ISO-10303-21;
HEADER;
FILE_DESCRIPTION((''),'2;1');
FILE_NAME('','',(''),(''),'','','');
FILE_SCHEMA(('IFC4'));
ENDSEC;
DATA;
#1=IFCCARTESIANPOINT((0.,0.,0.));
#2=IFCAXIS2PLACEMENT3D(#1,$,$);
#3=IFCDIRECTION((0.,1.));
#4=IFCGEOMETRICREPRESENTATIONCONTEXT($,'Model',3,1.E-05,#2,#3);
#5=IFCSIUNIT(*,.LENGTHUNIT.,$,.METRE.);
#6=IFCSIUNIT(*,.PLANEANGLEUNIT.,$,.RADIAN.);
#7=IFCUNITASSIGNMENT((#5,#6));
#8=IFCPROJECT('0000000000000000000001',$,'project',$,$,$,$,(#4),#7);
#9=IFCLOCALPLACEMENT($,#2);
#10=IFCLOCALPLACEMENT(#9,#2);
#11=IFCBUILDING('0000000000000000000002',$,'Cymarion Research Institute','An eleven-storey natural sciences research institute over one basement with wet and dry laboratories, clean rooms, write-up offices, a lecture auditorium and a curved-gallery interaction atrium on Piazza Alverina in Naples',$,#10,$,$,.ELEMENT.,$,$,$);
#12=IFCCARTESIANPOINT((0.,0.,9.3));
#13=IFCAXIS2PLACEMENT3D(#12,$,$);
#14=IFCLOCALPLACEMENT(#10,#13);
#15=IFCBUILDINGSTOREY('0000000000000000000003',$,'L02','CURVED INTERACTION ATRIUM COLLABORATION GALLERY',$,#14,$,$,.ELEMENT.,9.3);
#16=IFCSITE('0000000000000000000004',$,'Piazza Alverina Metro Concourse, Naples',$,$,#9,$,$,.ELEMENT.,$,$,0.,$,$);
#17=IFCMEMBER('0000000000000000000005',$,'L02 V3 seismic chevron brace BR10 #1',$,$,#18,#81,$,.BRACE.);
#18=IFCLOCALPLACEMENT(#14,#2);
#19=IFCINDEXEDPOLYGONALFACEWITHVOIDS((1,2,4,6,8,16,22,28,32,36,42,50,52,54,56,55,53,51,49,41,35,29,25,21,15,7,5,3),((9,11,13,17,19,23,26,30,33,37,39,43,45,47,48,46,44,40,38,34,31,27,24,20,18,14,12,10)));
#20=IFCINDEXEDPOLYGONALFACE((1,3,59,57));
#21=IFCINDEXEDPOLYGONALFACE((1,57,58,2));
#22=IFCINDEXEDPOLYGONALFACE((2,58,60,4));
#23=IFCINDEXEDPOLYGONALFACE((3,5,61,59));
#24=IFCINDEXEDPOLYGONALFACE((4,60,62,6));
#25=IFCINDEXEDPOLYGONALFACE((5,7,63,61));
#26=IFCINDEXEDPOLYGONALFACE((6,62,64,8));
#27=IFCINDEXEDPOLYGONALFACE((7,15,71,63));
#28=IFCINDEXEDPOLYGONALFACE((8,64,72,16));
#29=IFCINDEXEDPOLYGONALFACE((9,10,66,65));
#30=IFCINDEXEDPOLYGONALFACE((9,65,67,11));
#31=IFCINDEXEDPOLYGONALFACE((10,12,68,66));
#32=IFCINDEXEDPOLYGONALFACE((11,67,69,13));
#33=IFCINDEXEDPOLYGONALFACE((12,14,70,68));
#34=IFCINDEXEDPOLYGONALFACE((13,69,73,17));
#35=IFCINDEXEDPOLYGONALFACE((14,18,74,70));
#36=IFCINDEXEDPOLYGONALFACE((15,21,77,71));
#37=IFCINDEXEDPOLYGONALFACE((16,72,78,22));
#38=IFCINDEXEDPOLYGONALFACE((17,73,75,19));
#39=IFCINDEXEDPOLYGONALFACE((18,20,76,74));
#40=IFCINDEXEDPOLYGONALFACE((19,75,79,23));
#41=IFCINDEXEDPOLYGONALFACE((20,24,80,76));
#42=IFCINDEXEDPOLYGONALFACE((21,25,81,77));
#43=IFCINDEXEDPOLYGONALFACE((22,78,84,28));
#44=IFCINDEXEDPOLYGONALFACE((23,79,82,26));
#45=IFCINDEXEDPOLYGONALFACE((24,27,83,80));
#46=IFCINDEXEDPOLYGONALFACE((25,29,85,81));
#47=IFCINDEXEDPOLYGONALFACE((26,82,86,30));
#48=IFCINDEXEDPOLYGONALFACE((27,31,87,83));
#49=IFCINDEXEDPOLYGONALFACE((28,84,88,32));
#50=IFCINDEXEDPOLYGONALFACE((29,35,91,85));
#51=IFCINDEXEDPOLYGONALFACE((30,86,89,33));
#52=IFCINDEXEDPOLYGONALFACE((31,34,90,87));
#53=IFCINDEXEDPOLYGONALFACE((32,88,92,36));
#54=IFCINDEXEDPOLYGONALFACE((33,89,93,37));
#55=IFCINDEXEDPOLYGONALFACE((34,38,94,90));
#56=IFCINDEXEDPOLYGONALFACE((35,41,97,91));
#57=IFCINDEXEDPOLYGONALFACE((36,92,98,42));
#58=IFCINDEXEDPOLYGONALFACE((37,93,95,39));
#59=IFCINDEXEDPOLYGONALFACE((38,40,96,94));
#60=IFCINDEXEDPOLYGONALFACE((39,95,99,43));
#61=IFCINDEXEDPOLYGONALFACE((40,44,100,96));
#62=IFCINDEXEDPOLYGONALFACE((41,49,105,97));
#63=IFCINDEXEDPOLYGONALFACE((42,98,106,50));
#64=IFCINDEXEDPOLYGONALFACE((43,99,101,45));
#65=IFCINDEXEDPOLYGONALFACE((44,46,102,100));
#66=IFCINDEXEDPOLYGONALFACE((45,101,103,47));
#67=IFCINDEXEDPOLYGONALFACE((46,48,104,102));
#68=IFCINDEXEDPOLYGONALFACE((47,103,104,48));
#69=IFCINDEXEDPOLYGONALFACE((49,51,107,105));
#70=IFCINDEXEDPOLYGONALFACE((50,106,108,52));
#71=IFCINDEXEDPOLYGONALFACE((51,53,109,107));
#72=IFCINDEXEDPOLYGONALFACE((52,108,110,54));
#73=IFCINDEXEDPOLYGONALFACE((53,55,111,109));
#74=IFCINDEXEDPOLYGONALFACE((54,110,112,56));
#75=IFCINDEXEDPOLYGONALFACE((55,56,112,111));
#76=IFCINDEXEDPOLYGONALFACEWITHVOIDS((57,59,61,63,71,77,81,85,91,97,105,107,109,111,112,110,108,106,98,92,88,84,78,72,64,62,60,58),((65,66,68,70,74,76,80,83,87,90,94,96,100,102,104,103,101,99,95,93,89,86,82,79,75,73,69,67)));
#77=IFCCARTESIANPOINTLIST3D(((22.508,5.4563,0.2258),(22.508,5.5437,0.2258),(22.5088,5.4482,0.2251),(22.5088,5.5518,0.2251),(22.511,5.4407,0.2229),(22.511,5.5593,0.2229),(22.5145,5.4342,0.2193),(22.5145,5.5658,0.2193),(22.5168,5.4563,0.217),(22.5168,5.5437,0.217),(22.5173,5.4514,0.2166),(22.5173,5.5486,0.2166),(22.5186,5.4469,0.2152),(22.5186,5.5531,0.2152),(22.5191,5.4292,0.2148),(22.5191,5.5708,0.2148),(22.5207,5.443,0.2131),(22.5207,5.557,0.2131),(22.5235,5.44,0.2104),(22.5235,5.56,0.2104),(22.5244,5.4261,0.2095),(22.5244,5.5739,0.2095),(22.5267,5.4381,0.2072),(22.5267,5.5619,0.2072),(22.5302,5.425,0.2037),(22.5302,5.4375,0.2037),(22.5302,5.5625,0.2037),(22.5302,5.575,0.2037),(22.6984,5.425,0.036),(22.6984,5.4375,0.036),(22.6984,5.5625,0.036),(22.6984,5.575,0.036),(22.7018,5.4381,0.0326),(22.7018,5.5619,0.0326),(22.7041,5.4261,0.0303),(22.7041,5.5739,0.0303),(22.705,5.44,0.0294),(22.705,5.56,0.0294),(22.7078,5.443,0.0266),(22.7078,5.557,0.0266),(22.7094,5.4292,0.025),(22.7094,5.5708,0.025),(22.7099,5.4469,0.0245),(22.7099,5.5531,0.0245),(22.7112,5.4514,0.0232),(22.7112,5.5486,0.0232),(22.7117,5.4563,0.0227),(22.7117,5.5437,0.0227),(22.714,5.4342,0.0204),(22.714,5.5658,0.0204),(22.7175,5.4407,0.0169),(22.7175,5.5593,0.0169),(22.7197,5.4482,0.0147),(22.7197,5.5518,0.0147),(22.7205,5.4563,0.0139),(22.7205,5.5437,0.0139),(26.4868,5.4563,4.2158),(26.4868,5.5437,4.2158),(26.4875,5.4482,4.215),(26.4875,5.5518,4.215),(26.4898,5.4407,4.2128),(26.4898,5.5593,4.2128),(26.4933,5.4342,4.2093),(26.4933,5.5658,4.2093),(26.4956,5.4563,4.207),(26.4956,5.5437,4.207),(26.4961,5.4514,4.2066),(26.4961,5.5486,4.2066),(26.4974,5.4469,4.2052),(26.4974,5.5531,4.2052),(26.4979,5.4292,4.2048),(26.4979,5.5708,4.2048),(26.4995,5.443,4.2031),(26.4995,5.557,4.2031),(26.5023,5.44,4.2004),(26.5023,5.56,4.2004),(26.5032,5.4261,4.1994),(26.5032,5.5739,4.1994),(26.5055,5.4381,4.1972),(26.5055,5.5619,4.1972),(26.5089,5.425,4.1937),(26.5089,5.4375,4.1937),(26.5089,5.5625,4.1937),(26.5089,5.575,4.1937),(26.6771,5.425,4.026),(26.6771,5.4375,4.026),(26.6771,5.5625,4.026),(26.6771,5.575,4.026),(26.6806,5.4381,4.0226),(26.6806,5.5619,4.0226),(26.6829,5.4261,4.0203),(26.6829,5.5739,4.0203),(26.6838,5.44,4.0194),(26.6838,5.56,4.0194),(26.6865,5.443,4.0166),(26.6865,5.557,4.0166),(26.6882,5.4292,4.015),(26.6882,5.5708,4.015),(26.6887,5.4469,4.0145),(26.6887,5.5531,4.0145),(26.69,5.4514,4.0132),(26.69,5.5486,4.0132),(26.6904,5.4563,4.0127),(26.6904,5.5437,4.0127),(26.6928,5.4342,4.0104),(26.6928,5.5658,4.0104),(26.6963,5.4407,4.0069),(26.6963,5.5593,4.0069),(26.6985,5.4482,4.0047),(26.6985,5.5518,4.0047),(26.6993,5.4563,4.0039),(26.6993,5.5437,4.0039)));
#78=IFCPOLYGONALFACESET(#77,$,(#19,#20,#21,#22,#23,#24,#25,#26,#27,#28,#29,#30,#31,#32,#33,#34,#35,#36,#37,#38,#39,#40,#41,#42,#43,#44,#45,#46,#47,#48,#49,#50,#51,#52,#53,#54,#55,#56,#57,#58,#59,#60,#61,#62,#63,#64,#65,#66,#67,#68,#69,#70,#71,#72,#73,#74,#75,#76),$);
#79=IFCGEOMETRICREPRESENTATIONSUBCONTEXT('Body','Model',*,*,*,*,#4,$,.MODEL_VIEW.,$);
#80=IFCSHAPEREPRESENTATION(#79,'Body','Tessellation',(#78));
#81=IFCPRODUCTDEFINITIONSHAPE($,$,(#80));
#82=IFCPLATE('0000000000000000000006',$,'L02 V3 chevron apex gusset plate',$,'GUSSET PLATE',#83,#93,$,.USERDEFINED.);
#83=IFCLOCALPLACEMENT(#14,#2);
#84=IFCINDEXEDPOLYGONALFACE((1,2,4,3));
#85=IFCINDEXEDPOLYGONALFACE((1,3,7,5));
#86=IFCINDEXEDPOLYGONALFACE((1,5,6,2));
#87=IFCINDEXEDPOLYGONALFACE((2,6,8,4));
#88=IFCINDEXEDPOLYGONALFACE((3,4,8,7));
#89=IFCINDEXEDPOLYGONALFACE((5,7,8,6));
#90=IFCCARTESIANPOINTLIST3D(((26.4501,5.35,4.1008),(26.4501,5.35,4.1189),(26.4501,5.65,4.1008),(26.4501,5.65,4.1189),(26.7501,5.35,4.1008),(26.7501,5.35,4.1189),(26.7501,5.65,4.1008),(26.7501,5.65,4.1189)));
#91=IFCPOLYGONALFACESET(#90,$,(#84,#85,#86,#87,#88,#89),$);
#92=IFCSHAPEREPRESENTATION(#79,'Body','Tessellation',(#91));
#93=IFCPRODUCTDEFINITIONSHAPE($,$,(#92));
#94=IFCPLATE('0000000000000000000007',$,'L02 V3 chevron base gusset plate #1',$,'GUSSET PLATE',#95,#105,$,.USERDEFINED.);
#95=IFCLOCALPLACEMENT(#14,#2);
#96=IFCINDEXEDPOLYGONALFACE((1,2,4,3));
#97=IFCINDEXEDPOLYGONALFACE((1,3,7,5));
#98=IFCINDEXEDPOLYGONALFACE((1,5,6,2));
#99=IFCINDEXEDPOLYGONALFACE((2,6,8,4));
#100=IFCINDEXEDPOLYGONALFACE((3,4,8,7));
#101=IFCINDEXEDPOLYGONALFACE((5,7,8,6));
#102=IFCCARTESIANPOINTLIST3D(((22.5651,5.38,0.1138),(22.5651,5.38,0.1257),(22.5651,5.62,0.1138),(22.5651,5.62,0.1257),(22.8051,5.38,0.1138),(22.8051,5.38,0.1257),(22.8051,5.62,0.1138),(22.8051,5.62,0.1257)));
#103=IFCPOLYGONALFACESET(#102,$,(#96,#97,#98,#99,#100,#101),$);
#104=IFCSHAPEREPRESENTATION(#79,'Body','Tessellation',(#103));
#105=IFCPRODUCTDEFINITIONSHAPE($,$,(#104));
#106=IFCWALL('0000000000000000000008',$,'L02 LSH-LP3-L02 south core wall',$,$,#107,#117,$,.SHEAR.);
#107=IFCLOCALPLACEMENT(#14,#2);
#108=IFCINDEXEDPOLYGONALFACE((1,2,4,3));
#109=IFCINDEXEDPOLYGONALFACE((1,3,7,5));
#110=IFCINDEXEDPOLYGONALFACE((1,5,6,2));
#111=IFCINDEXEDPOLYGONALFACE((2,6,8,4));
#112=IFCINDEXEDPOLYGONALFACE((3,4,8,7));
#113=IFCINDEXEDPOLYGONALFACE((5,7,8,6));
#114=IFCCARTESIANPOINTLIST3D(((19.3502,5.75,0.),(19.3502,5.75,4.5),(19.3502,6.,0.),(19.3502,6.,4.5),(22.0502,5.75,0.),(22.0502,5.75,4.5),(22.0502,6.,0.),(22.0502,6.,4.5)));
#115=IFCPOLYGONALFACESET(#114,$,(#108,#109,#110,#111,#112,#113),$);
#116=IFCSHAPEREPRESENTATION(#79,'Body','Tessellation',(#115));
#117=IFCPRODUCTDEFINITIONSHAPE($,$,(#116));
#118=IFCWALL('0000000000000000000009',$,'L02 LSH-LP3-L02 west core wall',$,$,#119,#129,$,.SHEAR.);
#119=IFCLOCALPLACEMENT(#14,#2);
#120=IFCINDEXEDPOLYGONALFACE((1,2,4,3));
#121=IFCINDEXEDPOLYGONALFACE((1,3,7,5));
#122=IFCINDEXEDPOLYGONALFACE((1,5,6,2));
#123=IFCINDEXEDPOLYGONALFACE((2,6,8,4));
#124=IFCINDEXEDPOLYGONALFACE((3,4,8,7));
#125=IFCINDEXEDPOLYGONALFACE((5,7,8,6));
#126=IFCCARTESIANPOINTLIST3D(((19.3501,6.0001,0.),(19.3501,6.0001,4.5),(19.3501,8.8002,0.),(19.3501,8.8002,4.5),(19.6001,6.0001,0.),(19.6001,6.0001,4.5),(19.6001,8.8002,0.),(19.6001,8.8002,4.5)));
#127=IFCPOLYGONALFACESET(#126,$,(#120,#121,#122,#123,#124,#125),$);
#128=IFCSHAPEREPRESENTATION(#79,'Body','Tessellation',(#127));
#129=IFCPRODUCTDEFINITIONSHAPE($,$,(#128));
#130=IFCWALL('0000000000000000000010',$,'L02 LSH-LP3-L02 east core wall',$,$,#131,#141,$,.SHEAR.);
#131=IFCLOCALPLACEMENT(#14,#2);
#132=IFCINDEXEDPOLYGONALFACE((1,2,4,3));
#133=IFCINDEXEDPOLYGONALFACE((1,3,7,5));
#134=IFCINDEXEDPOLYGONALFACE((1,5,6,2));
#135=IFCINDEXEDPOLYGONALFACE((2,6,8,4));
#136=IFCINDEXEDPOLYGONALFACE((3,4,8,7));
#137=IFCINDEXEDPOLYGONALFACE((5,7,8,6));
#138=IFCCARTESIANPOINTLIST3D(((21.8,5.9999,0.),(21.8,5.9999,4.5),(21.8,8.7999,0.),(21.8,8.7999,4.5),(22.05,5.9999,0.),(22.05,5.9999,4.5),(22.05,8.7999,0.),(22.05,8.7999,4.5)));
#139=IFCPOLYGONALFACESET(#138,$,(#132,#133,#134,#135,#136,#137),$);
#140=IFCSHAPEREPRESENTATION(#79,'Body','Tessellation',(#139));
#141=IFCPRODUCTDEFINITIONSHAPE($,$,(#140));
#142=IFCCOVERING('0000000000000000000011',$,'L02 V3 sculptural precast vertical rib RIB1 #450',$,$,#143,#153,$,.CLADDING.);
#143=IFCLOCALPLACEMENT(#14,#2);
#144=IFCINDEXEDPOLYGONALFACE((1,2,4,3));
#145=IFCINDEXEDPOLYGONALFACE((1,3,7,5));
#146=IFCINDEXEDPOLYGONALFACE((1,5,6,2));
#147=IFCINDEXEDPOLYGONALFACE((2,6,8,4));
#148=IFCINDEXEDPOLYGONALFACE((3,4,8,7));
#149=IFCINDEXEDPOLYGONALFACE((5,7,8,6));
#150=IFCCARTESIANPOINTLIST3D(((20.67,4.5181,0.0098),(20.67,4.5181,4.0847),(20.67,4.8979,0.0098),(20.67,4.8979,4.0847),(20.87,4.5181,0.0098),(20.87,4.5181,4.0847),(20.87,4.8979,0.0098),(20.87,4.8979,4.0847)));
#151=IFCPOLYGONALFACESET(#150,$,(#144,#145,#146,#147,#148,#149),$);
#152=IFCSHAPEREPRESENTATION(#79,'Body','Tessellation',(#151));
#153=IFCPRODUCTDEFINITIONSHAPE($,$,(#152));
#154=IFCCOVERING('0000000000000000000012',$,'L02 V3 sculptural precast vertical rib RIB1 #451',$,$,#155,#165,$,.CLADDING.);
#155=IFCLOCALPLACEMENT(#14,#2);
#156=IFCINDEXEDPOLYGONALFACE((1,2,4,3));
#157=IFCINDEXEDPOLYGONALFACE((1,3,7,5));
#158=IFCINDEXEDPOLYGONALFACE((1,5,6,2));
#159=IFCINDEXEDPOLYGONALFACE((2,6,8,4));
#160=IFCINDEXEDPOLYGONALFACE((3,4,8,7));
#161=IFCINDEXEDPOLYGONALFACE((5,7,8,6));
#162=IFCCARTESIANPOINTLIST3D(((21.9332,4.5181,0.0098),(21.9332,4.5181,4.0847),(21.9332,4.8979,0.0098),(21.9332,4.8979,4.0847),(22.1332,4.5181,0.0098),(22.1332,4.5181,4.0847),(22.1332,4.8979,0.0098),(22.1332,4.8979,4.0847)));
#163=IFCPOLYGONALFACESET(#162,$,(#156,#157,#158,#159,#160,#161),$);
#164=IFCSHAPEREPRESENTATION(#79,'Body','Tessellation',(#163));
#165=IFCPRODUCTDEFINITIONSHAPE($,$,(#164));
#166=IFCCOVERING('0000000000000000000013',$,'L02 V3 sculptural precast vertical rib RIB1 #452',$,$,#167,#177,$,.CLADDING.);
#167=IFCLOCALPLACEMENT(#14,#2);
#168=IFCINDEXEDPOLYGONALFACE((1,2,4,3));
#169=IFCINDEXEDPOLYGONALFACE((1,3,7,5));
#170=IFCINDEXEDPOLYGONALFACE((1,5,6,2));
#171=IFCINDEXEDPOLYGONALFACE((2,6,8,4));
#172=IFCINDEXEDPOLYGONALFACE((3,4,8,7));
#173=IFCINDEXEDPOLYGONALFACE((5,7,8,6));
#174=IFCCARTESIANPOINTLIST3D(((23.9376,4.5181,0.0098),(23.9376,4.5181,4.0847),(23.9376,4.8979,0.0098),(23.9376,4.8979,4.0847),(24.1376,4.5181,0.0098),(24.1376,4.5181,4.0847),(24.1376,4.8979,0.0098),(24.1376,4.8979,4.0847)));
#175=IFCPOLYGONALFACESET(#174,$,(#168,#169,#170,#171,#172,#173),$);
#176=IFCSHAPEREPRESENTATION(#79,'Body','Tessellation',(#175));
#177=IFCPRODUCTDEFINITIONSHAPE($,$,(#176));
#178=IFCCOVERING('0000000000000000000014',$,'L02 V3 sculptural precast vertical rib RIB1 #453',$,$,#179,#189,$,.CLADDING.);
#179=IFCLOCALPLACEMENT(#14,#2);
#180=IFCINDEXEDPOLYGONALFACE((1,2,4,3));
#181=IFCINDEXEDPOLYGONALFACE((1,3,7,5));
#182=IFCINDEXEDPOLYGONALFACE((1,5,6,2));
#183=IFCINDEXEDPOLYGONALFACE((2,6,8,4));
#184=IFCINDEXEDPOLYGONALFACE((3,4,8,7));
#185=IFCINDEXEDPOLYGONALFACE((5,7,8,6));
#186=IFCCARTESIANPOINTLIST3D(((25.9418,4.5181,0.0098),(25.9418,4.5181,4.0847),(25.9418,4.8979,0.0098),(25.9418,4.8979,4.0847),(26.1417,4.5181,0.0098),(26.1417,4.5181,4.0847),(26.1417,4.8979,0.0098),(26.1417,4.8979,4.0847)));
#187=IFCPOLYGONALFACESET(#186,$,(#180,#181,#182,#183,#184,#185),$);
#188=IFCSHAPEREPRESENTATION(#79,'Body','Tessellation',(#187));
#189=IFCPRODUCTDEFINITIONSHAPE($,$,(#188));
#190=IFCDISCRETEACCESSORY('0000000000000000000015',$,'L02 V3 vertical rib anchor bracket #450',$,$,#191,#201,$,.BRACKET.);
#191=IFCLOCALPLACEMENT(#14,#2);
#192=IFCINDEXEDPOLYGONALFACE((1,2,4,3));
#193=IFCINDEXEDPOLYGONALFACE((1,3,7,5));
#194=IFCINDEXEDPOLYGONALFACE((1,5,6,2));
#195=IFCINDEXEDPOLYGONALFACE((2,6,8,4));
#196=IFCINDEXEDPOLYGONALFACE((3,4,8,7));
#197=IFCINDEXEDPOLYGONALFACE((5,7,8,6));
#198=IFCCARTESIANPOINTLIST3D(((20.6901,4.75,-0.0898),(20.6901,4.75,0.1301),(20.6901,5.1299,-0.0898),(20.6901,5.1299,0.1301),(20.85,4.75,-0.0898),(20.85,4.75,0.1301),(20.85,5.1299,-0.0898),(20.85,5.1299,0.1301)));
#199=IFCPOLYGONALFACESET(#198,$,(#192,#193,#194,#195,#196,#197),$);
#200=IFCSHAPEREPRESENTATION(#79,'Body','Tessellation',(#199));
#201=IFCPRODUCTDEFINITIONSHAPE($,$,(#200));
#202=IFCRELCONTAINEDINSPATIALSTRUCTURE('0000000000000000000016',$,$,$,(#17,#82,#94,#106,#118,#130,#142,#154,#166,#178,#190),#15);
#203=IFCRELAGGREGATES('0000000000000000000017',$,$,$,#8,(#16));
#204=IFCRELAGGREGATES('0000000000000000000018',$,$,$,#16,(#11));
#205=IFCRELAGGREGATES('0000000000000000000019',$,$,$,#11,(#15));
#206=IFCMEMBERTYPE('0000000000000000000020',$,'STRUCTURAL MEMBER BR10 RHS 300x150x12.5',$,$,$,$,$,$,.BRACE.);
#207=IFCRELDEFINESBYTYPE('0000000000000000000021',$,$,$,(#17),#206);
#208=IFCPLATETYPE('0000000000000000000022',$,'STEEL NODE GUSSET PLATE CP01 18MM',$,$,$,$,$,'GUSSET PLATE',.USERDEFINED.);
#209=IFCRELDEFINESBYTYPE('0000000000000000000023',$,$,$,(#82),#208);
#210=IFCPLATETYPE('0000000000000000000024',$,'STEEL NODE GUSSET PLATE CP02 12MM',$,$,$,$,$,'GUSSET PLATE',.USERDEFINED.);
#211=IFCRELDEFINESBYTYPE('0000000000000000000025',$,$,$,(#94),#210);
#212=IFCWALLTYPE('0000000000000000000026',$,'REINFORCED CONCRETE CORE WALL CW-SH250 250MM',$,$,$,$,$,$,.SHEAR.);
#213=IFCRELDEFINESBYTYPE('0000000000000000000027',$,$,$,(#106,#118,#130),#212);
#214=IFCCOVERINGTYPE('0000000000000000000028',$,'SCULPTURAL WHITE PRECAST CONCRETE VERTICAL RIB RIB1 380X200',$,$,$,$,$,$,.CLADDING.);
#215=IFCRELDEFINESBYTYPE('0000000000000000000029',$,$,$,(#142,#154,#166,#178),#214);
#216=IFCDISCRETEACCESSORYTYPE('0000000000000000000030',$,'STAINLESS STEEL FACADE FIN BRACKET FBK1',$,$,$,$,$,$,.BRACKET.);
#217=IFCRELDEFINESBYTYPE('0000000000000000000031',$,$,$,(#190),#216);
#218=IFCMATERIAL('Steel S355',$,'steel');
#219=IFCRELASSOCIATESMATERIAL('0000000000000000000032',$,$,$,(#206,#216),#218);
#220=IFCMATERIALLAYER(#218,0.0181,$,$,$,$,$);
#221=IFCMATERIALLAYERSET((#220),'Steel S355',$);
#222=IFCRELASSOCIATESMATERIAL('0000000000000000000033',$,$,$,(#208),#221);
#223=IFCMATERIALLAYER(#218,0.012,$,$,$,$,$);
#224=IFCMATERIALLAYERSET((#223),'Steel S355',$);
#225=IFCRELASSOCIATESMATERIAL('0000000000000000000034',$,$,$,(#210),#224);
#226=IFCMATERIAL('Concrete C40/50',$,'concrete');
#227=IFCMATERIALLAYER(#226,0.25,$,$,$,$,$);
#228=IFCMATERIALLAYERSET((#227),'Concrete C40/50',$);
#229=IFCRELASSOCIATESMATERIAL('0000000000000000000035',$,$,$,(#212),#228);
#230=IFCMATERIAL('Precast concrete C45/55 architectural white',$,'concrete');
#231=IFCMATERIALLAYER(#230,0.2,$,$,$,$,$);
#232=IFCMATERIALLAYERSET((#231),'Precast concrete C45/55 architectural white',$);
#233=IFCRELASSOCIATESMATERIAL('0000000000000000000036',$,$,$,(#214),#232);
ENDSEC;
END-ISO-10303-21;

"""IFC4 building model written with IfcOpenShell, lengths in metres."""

from ifc_helpers import new_model, si_unit, direction, frame, frame_2d, origin, origin_2d, place, context, subcontext, project, spatial, rectangle, hollow_rectangle, extrude, material, layer, layer_set, material_profile, profile_set, type_object, element, save


model = new_model("IFC4")

# Units and contexts
model_context = context("Model", 3, precision=1e-05, world=origin(), true_north=direction((0.0, 1.0)))
body_context = subcontext(model_context, "Body", "Model", "MODEL_VIEW")
ifc_project = project(units=[si_unit("LENGTHUNIT", "METRE"), si_unit("PLANEANGLEUNIT", "RADIAN")], contexts=[model_context])

# Site, building, storey
site_placement = place(None, origin())
site = spatial("IfcSite", under=ifc_project, at=site_placement, Name="Piazza Alverina Metro Concourse, Naples", CompositionType="ELEMENT", RefElevation=0.0)
building_placement = place(site_placement, origin())
building = spatial("IfcBuilding", under=site, at=building_placement, Name="Cymarion Research Institute", Description="An eleven-storey natural sciences research institute over one basement with wet and dry laboratories, clean rooms, write-up offices, a lecture auditorium and a curved-gallery interaction atrium on Piazza Alverina in Naples", CompositionType="ELEMENT")
storey_placement = place(building_placement, frame((0.0, 0.0, 9.3)))
storey = spatial("IfcBuildingStorey", under=building, at=storey_placement, Name="L02", Description="CURVED INTERACTION ATRIUM COLLABORATION GALLERY", CompositionType="ELEMENT", Elevation=9.3)

# Shared definitions
ifc_material_1 = material(Name="Concrete C40/50", Category="concrete")
ifc_material_2 = material(Name="Steel S355", Category="steel")

# Member
ifc_material_profile_1 = material_profile(ifc_material_2, hollow_rectangle(XDim=0.1499, YDim=0.3, WallThickness=0.0125, InnerFilletRadius=0.0188, OuterFilletRadius=0.0312, at=origin_2d()), Name="RHS 300x150x12.5")
ifc_profile_set_1 = profile_set([ifc_material_profile_1], Name="Steel S355")
member_type = type_object("IfcMemberType", Name="STRUCTURAL MEMBER BR10 RHS 300x150x12.5", PredefinedType="BRACE", material=ifc_profile_set_1)
member_placement = place(storey_placement, frame((22.6143, 5.5, 0.1199), z_axis=(0.70611, 0.0, 0.708103), x_axis=(0.0, 1.0, 0.0)))
element("IfcMember", 1, at=member_placement, inside=storey, type_object=member_type, Name="L02 V3 seismic chevron brace BR10 #1", PredefinedType="BRACE", context=body_context, shape_type="SweptSolid", body=[
    extrude(hollow_rectangle(XDim=0.1499, YDim=0.3, WallThickness=0.0125, InnerFilletRadius=0.0188, OuterFilletRadius=0.0312, at=origin_2d()), origin(), (0.0, 0.0, 1.0), 5.6348),
])

# Plates
ifc_layer_1 = layer(ifc_material_2, 0.0181)
ifc_layer_set_1 = layer_set([ifc_layer_1], Name="Steel S355")
plate_type_1 = type_object("IfcPlateType", Name="STEEL NODE GUSSET PLATE CP01 18MM", ElementType="GUSSET PLATE", PredefinedType="USERDEFINED", material=ifc_layer_set_1)
plate_1_placement = place(storey_placement, frame((26.6001, 5.5, 4.1008), z_axis=(0.0, 0.0, 1.0), x_axis=(1.0, 0.0, 0.0)))
element("IfcPlate", 2, at=plate_1_placement, inside=storey, type_object=plate_type_1, Name="L02 V3 chevron apex gusset plate", ObjectType="GUSSET PLATE", PredefinedType="USERDEFINED", context=body_context, shape_type="SweptSolid", body=[
    extrude(rectangle(XDim=0.3, YDim=0.3, at=origin_2d()), origin(), (0.0, 0.0, 1.0), 0.0181),
])
ifc_layer_2 = layer(ifc_material_2, 0.012)
ifc_layer_set_2 = layer_set([ifc_layer_2], Name="Steel S355")
plate_type_2 = type_object("IfcPlateType", Name="STEEL NODE GUSSET PLATE CP02 12MM", ElementType="GUSSET PLATE", PredefinedType="USERDEFINED", material=ifc_layer_set_2)
plate_2_placement = place(storey_placement, frame((22.6851, 5.5, 0.1138), z_axis=(0.0, 0.0, 1.0), x_axis=(1.0, 0.0, 0.0)))
element("IfcPlate", 3, at=plate_2_placement, inside=storey, type_object=plate_type_2, Name="L02 V3 chevron base gusset plate #1", ObjectType="GUSSET PLATE", PredefinedType="USERDEFINED", context=body_context, shape_type="SweptSolid", body=[
    extrude(rectangle(XDim=0.24, YDim=0.24, at=origin_2d()), origin(), (0.0, 0.0, 1.0), 0.012),
])

# Wall
ifc_layer_3 = layer(ifc_material_1, 0.25)
ifc_layer_set_3 = layer_set([ifc_layer_3], Name="Concrete C40/50")
wall_type = type_object("IfcWallType", Name="REINFORCED CONCRETE CORE WALL CW-SH250 250MM", PredefinedType="SHEAR", material=ifc_layer_set_3)
wall_1_placement = place(storey_placement, frame((19.3501, 5.875, 0.0), z_axis=(0.0, 0.0, 1.0), x_axis=(1.0, 0.0, 0.0)))
element("IfcWall", 4, at=wall_1_placement, inside=storey, type_object=wall_type, Name="L02 LSH-LP3-L02 south core wall", PredefinedType="SHEAR", context=body_context, shape_type="SweptSolid", body=[
    extrude(rectangle(XDim=2.7, YDim=0.25, at=frame_2d((1.3501, 0.0))), origin(), (0.0, 0.0, 1.0), 4.5),
])

# Walls
for number, where, z_axis, x_axis, name in (
    (5, (19.4751, 8.8, 0.0), (0.0, 0.0, 1.0), (0.0, -1.0, 0.0), "L02 LSH-LP3-L02 west core wall"),
    (6, (21.925, 6.0, 0.0), (0.0, 0.0, 1.0), (0.0, 1.0, 0.0), "L02 LSH-LP3-L02 east core wall"),
):
    element("IfcWall", number, at=place(storey_placement, frame(where, z_axis=z_axis, x_axis=x_axis)), inside=storey, type_object=wall_type, Name=name, PredefinedType="SHEAR", context=body_context, shape_type="SweptSolid", body=[
        extrude(rectangle(XDim=2.8, YDim=0.25, at=frame_2d((1.3999, 0.0))), origin(), (0.0, 0.0, 1.0), 4.5),
    ])

# Coverings
ifc_material_3 = material(Name="Precast concrete C45/55 architectural white", Category="concrete")
ifc_layer_4 = layer(ifc_material_3, 0.2)
ifc_layer_set_4 = layer_set([ifc_layer_4], Name="Precast concrete C45/55 architectural white")
covering_type = type_object("IfcCoveringType", Name="SCULPTURAL WHITE PRECAST CONCRETE VERTICAL RIB RIB1 380X200", PredefinedType="CLADDING", material=ifc_layer_set_4)
for number, where, z_axis, x_axis, name in (
    (7, (20.77, 4.708, 0.0098), (0.0, 0.0, 1.0), (0.0, -1.0, 0.0), "L02 V3 sculptural precast vertical rib RIB1 #450"),
    (8, (22.0332, 4.708, 0.0098), (0.0, 0.0, 1.0), (0.0, -1.0, 0.0), "L02 V3 sculptural precast vertical rib RIB1 #451"),
    (9, (24.0376, 4.708, 0.0098), (0.0, 0.0, 1.0), (0.0, -1.0, 0.0), "L02 V3 sculptural precast vertical rib RIB1 #452"),
    (10, (26.0417, 4.708, 0.0098), (0.0, 0.0, 1.0), (0.0, -1.0, 0.0), "L02 V3 sculptural precast vertical rib RIB1 #453"),
):
    element("IfcCovering", number, at=place(storey_placement, frame(where, z_axis=z_axis, x_axis=x_axis)), inside=storey, type_object=covering_type, Name=name, PredefinedType="CLADDING", context=body_context, shape_type="SweptSolid", body=[
        extrude(rectangle(XDim=0.3799, YDim=0.2, at=origin_2d()), origin(), (0.0, 0.0, 1.0), 4.075),
    ])

# Discrete accessory
discrete_accessory_type = type_object("IfcDiscreteAccessoryType", Name="STAINLESS STEEL FACADE FIN BRACKET FBK1", PredefinedType="BRACKET", material=ifc_material_2)
for number, where, z_axis, x_axis, name in (
    (11, (20.77, 4.9399, -0.0898), (0.0, 0.0, 1.0), (0.0, -1.0, 0.0), "L02 V3 vertical rib anchor bracket #450"),
):
    element("IfcDiscreteAccessory", number, at=place(storey_placement, frame(where, z_axis=z_axis, x_axis=x_axis)), inside=storey, type_object=discrete_accessory_type, Name=name, PredefinedType="BRACKET", context=body_context, shape_type="SweptSolid", body=[
        extrude(rectangle(XDim=0.3799, YDim=0.1599, at=origin_2d()), origin(), (0.0, 0.0, 1.0), 0.22),
    ])

save(model, "model.ifc")
